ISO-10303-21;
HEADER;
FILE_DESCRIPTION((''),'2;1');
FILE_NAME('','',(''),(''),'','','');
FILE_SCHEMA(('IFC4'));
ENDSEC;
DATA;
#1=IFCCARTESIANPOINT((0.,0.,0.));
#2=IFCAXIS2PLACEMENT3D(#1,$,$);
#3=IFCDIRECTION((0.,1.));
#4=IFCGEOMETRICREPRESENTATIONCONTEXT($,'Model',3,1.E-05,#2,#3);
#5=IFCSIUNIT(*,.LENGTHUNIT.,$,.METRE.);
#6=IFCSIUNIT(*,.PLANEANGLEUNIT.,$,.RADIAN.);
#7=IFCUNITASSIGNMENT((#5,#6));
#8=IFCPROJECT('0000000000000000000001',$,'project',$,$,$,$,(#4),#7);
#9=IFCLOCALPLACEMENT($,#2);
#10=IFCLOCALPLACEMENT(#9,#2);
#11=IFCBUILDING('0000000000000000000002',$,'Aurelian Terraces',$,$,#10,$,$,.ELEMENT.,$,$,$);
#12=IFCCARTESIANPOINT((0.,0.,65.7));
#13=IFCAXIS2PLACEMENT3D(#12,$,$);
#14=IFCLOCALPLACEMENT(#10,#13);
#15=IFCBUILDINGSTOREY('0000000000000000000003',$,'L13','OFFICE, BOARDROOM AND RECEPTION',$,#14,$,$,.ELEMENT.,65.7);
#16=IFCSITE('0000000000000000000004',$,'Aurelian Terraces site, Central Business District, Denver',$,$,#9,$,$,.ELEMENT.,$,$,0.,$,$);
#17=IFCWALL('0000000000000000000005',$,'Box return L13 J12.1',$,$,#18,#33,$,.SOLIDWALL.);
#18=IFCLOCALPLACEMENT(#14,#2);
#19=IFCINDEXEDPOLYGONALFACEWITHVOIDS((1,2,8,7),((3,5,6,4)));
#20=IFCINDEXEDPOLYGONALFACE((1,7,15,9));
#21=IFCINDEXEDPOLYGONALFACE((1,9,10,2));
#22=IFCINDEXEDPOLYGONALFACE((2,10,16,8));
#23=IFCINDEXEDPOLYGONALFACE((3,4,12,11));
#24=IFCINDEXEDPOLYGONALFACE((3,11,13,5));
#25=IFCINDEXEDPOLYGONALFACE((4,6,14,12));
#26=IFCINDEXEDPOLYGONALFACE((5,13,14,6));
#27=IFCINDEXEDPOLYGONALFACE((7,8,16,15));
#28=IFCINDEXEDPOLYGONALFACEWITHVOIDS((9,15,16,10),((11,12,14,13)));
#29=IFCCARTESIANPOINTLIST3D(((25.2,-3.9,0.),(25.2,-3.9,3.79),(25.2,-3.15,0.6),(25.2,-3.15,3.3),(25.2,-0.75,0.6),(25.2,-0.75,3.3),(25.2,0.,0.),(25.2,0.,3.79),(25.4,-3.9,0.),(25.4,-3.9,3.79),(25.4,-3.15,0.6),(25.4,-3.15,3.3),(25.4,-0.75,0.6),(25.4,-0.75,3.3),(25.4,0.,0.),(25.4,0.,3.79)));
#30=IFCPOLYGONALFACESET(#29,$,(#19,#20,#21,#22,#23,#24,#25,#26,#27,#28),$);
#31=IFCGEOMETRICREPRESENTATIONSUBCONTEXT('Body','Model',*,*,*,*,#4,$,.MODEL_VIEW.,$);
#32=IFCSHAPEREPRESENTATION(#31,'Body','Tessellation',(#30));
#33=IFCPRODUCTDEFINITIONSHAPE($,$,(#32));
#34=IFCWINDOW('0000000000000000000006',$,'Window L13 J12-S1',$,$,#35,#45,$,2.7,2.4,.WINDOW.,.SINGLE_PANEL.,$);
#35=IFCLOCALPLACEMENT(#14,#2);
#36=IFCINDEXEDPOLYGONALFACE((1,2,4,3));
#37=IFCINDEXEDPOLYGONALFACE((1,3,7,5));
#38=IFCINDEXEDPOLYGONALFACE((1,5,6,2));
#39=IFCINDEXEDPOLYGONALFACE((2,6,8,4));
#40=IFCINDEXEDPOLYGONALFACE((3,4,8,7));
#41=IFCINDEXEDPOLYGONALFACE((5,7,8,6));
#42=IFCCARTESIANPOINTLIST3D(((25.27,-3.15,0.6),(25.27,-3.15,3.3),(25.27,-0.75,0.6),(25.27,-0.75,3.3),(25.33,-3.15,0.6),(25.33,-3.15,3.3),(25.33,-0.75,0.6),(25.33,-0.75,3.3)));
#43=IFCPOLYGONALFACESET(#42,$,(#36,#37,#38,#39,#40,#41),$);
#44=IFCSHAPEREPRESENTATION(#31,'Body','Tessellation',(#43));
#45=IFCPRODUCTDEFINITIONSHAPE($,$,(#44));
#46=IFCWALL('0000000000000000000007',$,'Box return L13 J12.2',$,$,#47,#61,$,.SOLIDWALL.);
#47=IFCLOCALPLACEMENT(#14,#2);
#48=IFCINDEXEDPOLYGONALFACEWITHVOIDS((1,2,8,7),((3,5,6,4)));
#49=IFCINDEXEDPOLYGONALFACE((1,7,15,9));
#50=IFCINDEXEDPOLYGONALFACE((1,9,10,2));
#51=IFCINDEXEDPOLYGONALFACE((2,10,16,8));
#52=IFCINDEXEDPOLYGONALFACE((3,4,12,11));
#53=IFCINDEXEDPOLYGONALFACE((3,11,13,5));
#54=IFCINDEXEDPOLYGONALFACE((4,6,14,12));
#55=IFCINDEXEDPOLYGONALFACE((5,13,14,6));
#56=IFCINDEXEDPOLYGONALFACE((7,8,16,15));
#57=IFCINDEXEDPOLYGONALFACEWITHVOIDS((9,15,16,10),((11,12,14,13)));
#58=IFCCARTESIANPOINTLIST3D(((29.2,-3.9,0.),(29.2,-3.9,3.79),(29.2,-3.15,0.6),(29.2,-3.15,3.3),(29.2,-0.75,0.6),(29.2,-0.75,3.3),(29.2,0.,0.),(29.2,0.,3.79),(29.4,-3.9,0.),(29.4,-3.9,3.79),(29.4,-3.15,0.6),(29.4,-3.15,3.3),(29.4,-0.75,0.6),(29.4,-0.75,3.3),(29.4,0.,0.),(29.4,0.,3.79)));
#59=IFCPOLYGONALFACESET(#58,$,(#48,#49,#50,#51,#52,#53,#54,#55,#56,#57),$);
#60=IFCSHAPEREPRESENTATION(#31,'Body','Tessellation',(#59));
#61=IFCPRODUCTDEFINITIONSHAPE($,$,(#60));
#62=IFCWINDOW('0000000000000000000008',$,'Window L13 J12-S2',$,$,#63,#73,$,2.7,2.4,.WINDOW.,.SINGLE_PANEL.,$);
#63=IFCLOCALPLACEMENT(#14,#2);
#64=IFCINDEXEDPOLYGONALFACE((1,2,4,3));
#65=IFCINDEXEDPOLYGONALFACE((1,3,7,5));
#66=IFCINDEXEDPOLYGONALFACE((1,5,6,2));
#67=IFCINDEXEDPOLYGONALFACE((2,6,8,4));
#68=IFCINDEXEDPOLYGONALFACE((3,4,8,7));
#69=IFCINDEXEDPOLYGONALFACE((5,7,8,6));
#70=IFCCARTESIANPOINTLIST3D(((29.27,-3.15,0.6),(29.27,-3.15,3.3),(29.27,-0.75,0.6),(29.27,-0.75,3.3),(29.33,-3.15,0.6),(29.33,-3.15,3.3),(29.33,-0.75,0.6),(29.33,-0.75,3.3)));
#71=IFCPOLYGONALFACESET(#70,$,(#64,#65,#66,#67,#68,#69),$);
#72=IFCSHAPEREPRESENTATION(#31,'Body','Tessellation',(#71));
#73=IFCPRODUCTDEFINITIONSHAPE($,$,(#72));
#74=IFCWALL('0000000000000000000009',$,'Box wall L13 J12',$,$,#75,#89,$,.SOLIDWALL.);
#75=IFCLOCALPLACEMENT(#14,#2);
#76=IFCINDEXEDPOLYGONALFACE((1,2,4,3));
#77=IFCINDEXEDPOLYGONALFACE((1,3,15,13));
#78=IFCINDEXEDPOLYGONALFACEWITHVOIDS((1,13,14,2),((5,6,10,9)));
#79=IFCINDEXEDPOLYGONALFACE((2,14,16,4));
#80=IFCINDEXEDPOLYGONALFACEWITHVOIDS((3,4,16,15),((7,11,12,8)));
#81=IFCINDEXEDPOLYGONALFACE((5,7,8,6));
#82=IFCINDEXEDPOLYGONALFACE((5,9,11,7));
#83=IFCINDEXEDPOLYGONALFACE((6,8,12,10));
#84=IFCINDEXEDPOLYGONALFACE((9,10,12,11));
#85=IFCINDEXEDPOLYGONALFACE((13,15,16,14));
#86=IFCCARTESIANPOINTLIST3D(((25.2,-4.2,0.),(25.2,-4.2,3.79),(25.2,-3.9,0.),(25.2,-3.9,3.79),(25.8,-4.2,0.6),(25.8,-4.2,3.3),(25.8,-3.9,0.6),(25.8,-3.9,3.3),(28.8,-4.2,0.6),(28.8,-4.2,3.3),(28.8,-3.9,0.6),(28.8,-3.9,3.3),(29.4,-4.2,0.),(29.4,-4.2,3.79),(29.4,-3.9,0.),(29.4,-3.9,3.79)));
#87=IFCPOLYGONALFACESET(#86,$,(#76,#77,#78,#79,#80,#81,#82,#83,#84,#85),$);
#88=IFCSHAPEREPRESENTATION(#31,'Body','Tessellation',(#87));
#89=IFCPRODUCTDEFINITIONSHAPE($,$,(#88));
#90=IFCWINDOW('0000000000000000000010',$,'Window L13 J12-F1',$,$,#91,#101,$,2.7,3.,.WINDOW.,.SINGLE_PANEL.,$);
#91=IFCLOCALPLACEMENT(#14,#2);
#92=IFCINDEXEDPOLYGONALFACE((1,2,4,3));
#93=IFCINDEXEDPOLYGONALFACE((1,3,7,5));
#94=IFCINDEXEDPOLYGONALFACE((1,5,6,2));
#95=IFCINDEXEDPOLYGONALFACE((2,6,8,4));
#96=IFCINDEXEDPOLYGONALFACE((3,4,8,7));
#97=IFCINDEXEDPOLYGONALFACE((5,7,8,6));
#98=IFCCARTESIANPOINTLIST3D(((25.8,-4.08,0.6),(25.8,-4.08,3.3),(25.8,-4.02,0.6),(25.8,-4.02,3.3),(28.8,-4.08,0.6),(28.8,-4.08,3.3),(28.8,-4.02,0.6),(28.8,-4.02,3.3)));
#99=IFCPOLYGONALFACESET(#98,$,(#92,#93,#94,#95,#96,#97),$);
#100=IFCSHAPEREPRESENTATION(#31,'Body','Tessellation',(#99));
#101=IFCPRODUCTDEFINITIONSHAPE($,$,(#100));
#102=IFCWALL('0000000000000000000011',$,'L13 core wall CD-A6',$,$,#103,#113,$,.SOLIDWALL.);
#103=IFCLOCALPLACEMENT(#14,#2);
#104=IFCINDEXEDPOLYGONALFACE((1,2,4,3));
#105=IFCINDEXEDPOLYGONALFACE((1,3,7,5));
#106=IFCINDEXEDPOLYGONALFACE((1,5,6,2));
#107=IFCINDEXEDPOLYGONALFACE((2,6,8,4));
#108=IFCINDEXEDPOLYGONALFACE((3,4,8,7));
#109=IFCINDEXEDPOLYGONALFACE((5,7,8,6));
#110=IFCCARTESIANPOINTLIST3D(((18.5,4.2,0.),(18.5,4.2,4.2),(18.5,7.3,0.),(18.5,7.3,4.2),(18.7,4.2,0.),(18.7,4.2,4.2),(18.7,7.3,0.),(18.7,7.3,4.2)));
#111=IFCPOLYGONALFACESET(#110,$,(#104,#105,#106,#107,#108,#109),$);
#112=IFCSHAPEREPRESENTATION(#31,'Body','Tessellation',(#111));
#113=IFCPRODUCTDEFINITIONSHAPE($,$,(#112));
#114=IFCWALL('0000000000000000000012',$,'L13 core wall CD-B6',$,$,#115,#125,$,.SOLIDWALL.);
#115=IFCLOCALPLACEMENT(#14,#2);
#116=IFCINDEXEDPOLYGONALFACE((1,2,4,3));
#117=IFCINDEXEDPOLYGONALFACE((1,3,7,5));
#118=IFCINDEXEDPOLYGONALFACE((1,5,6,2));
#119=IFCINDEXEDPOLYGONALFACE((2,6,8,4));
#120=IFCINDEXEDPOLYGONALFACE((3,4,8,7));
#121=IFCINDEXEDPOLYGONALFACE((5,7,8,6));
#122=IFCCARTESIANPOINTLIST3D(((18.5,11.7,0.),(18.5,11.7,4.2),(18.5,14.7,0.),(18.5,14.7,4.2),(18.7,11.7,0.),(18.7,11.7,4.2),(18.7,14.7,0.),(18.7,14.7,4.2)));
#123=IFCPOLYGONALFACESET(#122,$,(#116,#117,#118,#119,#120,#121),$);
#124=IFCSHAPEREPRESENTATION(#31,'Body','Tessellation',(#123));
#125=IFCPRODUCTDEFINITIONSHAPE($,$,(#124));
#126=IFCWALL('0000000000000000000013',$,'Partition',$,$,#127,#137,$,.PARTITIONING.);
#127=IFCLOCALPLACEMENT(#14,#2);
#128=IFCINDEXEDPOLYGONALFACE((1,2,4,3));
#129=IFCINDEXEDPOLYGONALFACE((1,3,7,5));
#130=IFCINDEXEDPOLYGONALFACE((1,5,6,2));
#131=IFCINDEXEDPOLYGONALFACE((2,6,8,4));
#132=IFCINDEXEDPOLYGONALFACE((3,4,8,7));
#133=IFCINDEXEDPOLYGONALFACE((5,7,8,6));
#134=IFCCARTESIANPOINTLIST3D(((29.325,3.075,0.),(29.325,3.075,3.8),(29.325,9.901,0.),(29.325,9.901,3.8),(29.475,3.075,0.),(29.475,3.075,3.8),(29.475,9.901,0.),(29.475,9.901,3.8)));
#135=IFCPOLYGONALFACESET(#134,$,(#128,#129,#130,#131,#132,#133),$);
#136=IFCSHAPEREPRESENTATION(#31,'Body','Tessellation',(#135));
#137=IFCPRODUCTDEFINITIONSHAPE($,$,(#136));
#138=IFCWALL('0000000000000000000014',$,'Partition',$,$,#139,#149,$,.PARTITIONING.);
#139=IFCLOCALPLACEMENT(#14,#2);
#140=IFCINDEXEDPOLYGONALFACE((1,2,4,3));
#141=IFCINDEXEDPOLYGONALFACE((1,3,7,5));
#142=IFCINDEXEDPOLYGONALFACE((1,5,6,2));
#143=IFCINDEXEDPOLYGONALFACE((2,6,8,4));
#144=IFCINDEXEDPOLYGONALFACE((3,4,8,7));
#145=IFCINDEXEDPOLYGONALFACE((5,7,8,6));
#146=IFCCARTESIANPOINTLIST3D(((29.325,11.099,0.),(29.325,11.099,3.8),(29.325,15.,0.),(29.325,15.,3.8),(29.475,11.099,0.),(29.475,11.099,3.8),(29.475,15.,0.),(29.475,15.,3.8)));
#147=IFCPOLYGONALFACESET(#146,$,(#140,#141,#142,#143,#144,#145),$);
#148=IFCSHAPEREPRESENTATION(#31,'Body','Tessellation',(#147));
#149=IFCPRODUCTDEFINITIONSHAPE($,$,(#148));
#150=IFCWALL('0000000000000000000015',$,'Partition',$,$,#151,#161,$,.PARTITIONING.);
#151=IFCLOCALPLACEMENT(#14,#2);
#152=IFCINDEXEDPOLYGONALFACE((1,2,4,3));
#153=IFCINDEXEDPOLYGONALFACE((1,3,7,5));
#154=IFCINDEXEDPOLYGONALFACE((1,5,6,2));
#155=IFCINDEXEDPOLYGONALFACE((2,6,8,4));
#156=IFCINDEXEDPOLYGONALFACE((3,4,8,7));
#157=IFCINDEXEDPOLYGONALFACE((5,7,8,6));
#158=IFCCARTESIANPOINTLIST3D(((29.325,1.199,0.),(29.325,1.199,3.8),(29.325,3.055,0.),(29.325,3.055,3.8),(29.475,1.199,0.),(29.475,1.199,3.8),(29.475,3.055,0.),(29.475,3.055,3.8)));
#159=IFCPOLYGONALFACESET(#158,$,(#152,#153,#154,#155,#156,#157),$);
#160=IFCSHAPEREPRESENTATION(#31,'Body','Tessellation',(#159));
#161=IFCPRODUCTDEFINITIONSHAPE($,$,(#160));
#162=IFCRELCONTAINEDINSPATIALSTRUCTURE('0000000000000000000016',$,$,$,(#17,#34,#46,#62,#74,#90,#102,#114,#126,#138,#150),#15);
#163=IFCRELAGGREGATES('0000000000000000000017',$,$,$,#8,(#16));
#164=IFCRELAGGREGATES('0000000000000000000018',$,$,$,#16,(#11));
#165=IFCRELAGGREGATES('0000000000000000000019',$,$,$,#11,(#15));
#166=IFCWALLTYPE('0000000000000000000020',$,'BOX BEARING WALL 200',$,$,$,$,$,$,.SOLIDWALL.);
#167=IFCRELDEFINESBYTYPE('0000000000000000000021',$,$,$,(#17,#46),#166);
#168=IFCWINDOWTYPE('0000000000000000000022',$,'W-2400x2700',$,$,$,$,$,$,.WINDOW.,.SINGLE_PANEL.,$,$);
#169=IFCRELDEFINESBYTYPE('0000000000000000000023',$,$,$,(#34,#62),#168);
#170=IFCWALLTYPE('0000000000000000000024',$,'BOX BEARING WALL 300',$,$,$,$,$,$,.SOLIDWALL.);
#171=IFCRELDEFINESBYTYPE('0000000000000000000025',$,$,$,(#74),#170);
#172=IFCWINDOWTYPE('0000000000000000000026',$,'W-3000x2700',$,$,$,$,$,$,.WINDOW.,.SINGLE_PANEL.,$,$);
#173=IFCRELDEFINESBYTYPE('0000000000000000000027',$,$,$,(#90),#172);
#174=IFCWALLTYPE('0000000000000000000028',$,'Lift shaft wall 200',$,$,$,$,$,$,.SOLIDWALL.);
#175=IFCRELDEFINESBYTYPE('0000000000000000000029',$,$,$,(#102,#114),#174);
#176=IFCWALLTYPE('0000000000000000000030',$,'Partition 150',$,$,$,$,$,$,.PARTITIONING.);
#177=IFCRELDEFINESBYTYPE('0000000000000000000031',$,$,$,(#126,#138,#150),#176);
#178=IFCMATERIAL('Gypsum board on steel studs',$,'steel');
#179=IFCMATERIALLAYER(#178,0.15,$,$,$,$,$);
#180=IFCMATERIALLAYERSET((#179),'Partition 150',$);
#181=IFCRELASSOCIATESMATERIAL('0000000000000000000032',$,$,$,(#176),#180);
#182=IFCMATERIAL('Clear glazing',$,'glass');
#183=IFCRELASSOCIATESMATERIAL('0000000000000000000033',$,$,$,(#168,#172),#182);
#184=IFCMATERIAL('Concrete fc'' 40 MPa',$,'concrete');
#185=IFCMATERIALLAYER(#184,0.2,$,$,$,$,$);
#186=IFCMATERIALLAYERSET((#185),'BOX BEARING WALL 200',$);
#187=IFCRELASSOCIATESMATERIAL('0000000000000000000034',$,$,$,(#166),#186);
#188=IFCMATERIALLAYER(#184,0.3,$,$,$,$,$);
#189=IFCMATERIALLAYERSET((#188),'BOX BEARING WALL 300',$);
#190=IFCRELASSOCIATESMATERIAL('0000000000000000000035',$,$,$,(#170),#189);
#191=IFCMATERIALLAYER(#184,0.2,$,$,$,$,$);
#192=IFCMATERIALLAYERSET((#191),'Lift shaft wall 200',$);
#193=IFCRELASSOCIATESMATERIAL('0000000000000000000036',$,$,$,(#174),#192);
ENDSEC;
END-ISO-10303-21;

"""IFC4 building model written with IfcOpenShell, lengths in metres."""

from ifc_helpers import new_model, si_unit, direction, frame, frame_2d, origin, place, context, subcontext, project, spatial, rectangle, extrude, source, transform, mapped, material, layer, layer_set, type_object, element, fill, save


model = new_model("IFC4")

# Units and contexts
model_context = context("Model", 3, precision=1e-05, world=origin(), true_north=direction((0.0, 1.0)))
body_context = subcontext(model_context, "Body", "Model", "MODEL_VIEW")
ifc_project = project(units=[si_unit("LENGTHUNIT", "METRE"), si_unit("PLANEANGLEUNIT", "RADIAN")], contexts=[model_context])

# Site, building, storey
site_placement = place(None, origin())
site = spatial("IfcSite", under=ifc_project, at=site_placement, Name="Aurelian Terraces site, Central Business District, Denver", CompositionType="ELEMENT", RefElevation=0.0)
building_placement = place(site_placement, origin())
building = spatial("IfcBuilding", under=site, at=building_placement, Name="Aurelian Terraces", CompositionType="ELEMENT")
storey_placement = place(building_placement, frame((0.0, 0.0, 65.7)))
storey = spatial("IfcBuildingStorey", under=building, at=storey_placement, Name="L13", Description="OFFICE, BOARDROOM AND RECEPTION", CompositionType="ELEMENT", Elevation=65.7)

# Shared definitions
ifc_material_1 = material(Name="Gypsum board on steel studs", Category="steel")
ifc_layer_1 = layer(ifc_material_1, 0.15)
ifc_layer_set_1 = layer_set([ifc_layer_1], Name="Partition 150")
wall_type_1 = type_object("IfcWallType", Name="Partition 150", PredefinedType="PARTITIONING", material=ifc_layer_set_1)

# Shared definitions
ifc_material_2 = material(Name="Clear glazing", Category="glass")
window_type_1 = type_object("IfcWindowType", Name="W-2400x2700", PartitioningType="SINGLE_PANEL", PredefinedType="WINDOW", material=ifc_material_2)
shared_shape_1 = source(origin(), body_context, "Body", "SweptSolid", [
    extrude(rectangle(XDim=2.4, YDim=2.7, at=frame_2d((1.2, 1.35))), frame((0.0, 0.03, 0.0), z_axis=(0.0, -1.0, 0.0), x_axis=(1.0, 0.0, 0.0)), (0.0, 0.0, 1.0), 0.06),
])

# Walls, openings, windows
ifc_material_3 = material(Name="Concrete fc' 40 MPa", Category="concrete")
ifc_layer_2 = layer(ifc_material_3, 0.2)
ifc_layer_set_2 = layer_set([ifc_layer_2], Name="BOX BEARING WALL 200")
wall_type_2 = type_object("IfcWallType", Name="BOX BEARING WALL 200", PredefinedType="SOLIDWALL", material=ifc_layer_set_2)
shared_shape_2 = source(origin(), body_context, "Body", "SweptSolid", [
    extrude(rectangle(XDim=3.9, YDim=0.2, at=frame_2d((1.95, 0.0))), origin(), (0.0, 0.0, 1.0), 3.79),
])
wall_1_placement = place(storey_placement, frame((25.3, 0.0, 0.0), z_axis=(0.0, 0.0, 1.0), x_axis=(0.0, -1.0, 0.0)))
wall_1 = element("IfcWall", 1, at=wall_1_placement, inside=storey, type_object=wall_type_2, Name="Box return L13 J12.1", PredefinedType="SOLIDWALL", context=body_context, shape_type="MappedRepresentation", body=[
    mapped(shared_shape_2, transform((0.0, 0.0, 0.0), scale=1.0)),
])
shared_shape_3 = source(origin(), body_context, "Body", "SweptSolid", [
    extrude(rectangle(XDim=2.4, YDim=2.7, at=frame_2d((1.2, 1.35))), frame((0.0, 0.11, 0.0), z_axis=(0.0, -1.0, 0.0), x_axis=(1.0, 0.0, 0.0)), (0.0, 0.0, 1.0), 0.22),
])
opening_1_placement = place(wall_1_placement, frame((0.75, 0.0, 0.6)))
opening_1 = element("IfcOpeningElement", 2, at=opening_1_placement, cuts=wall_1, PredefinedType="OPENING", context=body_context, shape_type="MappedRepresentation", body=[
    mapped(shared_shape_3, transform((0.0, 0.0, 0.0), scale=1.0)),
])
window_1_placement = place(opening_1_placement, origin())
window_1 = element("IfcWindow", 3, at=window_1_placement, inside=storey, type_object=window_type_1, Name="Window L13 J12-S1", OverallHeight=2.7, OverallWidth=2.4, PartitioningType="SINGLE_PANEL", PredefinedType="WINDOW", context=body_context, shape_type="MappedRepresentation", body=[
    mapped(shared_shape_1, transform((0.0, 0.0, 0.0), scale=1.0)),
])
fill(opening_1, window_1)
wall_2_placement = place(storey_placement, frame((29.3, 0.0, 0.0), z_axis=(0.0, 0.0, 1.0), x_axis=(0.0, -1.0, 0.0)))
wall_2 = element("IfcWall", 4, at=wall_2_placement, inside=storey, type_object=wall_type_2, Name="Box return L13 J12.2", PredefinedType="SOLIDWALL", context=body_context, shape_type="MappedRepresentation", body=[
    mapped(shared_shape_2, transform((0.0, 0.0, 0.0), scale=1.0)),
])
opening_2_placement = place(wall_2_placement, frame((0.75, 0.0, 0.6)))
opening_2 = element("IfcOpeningElement", 5, at=opening_2_placement, cuts=wall_2, PredefinedType="OPENING", context=body_context, shape_type="MappedRepresentation", body=[
    mapped(shared_shape_3, transform((0.0, 0.0, 0.0), scale=1.0)),
])
window_2_placement = place(opening_2_placement, origin())
window_2 = element("IfcWindow", 6, at=window_2_placement, inside=storey, type_object=window_type_1, Name="Window L13 J12-S2", OverallHeight=2.7, OverallWidth=2.4, PartitioningType="SINGLE_PANEL", PredefinedType="WINDOW", context=body_context, shape_type="MappedRepresentation", body=[
    mapped(shared_shape_1, transform((0.0, 0.0, 0.0), scale=1.0)),
])
fill(opening_2, window_2)
ifc_layer_3 = layer(ifc_material_3, 0.3)
ifc_layer_set_3 = layer_set([ifc_layer_3], Name="BOX BEARING WALL 300")
wall_type_3 = type_object("IfcWallType", Name="BOX BEARING WALL 300", PredefinedType="SOLIDWALL", material=ifc_layer_set_3)
shared_shape_4 = source(origin(), body_context, "Body", "SweptSolid", [
    extrude(rectangle(XDim=4.2, YDim=0.3, at=frame_2d((2.1, 0.0))), origin(), (0.0, 0.0, 1.0), 3.79),
])
wall_3_placement = place(storey_placement, frame((25.2, -4.05, 0.0), z_axis=(0.0, 0.0, 1.0), x_axis=(1.0, 0.0, 0.0)))
wall_3 = element("IfcWall", 7, at=wall_3_placement, inside=storey, type_object=wall_type_3, Name="Box wall L13 J12", PredefinedType="SOLIDWALL", context=body_context, shape_type="MappedRepresentation", body=[
    mapped(shared_shape_4, transform((0.0, 0.0, 0.0), scale=1.0)),
])
shared_shape_5 = source(origin(), body_context, "Body", "SweptSolid", [
    extrude(rectangle(XDim=3.0, YDim=2.7, at=frame_2d((1.5, 1.35))), frame((0.0, 0.16, 0.0), z_axis=(0.0, -1.0, 0.0), x_axis=(1.0, 0.0, 0.0)), (0.0, 0.0, 1.0), 0.32),
])
opening_3_placement = place(wall_3_placement, frame((0.6, 0.0, 0.6)))
opening_3 = element("IfcOpeningElement", 8, at=opening_3_placement, cuts=wall_3, PredefinedType="OPENING", context=body_context, shape_type="MappedRepresentation", body=[
    mapped(shared_shape_5, transform((0.0, 0.0, 0.0), scale=1.0)),
])
window_type_2 = type_object("IfcWindowType", Name="W-3000x2700", PartitioningType="SINGLE_PANEL", PredefinedType="WINDOW", material=ifc_material_2)
shared_shape_6 = source(origin(), body_context, "Body", "SweptSolid", [
    extrude(rectangle(XDim=3.0, YDim=2.7, at=frame_2d((1.5, 1.35))), frame((0.0, 0.03, 0.0), z_axis=(0.0, -1.0, 0.0), x_axis=(1.0, 0.0, 0.0)), (0.0, 0.0, 1.0), 0.06),
])
window_3_placement = place(opening_3_placement, origin())
window_3 = element("IfcWindow", 9, at=window_3_placement, inside=storey, type_object=window_type_2, Name="Window L13 J12-F1", OverallHeight=2.7, OverallWidth=3.0, PartitioningType="SINGLE_PANEL", PredefinedType="WINDOW", context=body_context, shape_type="MappedRepresentation", body=[
    mapped(shared_shape_6, transform((0.0, 0.0, 0.0), scale=1.0)),
])
fill(opening_3, window_3)

# Walls
ifc_layer_4 = layer(ifc_material_3, 0.2)
ifc_layer_set_4 = layer_set([ifc_layer_4], Name="Lift shaft wall 200")
wall_type_4 = type_object("IfcWallType", Name="Lift shaft wall 200", PredefinedType="SOLIDWALL", material=ifc_layer_set_4)
shared_shape_7 = source(origin(), body_context, "Body", "SweptSolid", [
    extrude(rectangle(XDim=3.1, YDim=0.2, at=frame_2d((1.55, 0.0))), origin(), (0.0, 0.0, 1.0), 4.2),
])
wall_4_placement = place(storey_placement, frame((18.6, 4.2, 0.0), z_axis=(0.0, 0.0, 1.0), x_axis=(0.0, 1.0, 0.0)))
element("IfcWall", 10, at=wall_4_placement, inside=storey, type_object=wall_type_4, Name="L13 core wall CD-A6", PredefinedType="SOLIDWALL", context=body_context, shape_type="MappedRepresentation", body=[
    mapped(shared_shape_7, transform((0.0, 0.0, 0.0), scale=1.0)),
])
shared_shape_8 = source(origin(), body_context, "Body", "SweptSolid", [
    extrude(rectangle(XDim=3.0, YDim=0.2, at=frame_2d((1.5, 0.0))), origin(), (0.0, 0.0, 1.0), 4.2),
])
wall_5_placement = place(storey_placement, frame((18.6, 11.7, 0.0), z_axis=(0.0, 0.0, 1.0), x_axis=(0.0, 1.0, 0.0)))
element("IfcWall", 11, at=wall_5_placement, inside=storey, type_object=wall_type_4, Name="L13 core wall CD-B6", PredefinedType="SOLIDWALL", context=body_context, shape_type="MappedRepresentation", body=[
    mapped(shared_shape_8, transform((0.0, 0.0, 0.0), scale=1.0)),
])
shared_shape_9 = source(origin(), body_context, "Body", "SweptSolid", [
    extrude(rectangle(XDim=6.826, YDim=0.15, at=frame_2d((3.413, 0.0))), origin(), (0.0, 0.0, 1.0), 3.8),
])
wall_6_placement = place(storey_placement, frame((29.4, 3.075, 0.0), z_axis=(0.0, 0.0, 1.0), x_axis=(0.0, 1.0, 0.0)))
element("IfcWall", 12, at=wall_6_placement, inside=storey, type_object=wall_type_1, Name="Partition", PredefinedType="PARTITIONING", context=body_context, shape_type="MappedRepresentation", body=[
    mapped(shared_shape_9, transform((0.0, 0.0, 0.0), scale=1.0)),
])
shared_shape_10 = source(origin(), body_context, "Body", "SweptSolid", [
    extrude(rectangle(XDim=3.901, YDim=0.15, at=frame_2d((1.9505, 0.0))), origin(), (0.0, 0.0, 1.0), 3.8),
])
wall_7_placement = place(storey_placement, frame((29.4, 11.099, 0.0), z_axis=(0.0, 0.0, 1.0), x_axis=(0.0, 1.0, 0.0)))
element("IfcWall", 13, at=wall_7_placement, inside=storey, type_object=wall_type_1, Name="Partition", PredefinedType="PARTITIONING", context=body_context, shape_type="MappedRepresentation", body=[
    mapped(shared_shape_10, transform((0.0, 0.0, 0.0), scale=1.0)),
])
shared_shape_11 = source(origin(), body_context, "Body", "SweptSolid", [
    extrude(rectangle(XDim=1.856, YDim=0.15, at=frame_2d((0.928, 0.0))), origin(), (0.0, 0.0, 1.0), 3.8),
])
wall_8_placement = place(storey_placement, frame((29.4, 1.199, 0.0), z_axis=(0.0, 0.0, 1.0), x_axis=(0.0, 1.0, 0.0)))
element("IfcWall", 14, at=wall_8_placement, inside=storey, type_object=wall_type_1, Name="Partition", PredefinedType="PARTITIONING", context=body_context, shape_type="MappedRepresentation", body=[
    mapped(shared_shape_11, transform((0.0, 0.0, 0.0), scale=1.0)),
])

save(model, "model.ifc")
